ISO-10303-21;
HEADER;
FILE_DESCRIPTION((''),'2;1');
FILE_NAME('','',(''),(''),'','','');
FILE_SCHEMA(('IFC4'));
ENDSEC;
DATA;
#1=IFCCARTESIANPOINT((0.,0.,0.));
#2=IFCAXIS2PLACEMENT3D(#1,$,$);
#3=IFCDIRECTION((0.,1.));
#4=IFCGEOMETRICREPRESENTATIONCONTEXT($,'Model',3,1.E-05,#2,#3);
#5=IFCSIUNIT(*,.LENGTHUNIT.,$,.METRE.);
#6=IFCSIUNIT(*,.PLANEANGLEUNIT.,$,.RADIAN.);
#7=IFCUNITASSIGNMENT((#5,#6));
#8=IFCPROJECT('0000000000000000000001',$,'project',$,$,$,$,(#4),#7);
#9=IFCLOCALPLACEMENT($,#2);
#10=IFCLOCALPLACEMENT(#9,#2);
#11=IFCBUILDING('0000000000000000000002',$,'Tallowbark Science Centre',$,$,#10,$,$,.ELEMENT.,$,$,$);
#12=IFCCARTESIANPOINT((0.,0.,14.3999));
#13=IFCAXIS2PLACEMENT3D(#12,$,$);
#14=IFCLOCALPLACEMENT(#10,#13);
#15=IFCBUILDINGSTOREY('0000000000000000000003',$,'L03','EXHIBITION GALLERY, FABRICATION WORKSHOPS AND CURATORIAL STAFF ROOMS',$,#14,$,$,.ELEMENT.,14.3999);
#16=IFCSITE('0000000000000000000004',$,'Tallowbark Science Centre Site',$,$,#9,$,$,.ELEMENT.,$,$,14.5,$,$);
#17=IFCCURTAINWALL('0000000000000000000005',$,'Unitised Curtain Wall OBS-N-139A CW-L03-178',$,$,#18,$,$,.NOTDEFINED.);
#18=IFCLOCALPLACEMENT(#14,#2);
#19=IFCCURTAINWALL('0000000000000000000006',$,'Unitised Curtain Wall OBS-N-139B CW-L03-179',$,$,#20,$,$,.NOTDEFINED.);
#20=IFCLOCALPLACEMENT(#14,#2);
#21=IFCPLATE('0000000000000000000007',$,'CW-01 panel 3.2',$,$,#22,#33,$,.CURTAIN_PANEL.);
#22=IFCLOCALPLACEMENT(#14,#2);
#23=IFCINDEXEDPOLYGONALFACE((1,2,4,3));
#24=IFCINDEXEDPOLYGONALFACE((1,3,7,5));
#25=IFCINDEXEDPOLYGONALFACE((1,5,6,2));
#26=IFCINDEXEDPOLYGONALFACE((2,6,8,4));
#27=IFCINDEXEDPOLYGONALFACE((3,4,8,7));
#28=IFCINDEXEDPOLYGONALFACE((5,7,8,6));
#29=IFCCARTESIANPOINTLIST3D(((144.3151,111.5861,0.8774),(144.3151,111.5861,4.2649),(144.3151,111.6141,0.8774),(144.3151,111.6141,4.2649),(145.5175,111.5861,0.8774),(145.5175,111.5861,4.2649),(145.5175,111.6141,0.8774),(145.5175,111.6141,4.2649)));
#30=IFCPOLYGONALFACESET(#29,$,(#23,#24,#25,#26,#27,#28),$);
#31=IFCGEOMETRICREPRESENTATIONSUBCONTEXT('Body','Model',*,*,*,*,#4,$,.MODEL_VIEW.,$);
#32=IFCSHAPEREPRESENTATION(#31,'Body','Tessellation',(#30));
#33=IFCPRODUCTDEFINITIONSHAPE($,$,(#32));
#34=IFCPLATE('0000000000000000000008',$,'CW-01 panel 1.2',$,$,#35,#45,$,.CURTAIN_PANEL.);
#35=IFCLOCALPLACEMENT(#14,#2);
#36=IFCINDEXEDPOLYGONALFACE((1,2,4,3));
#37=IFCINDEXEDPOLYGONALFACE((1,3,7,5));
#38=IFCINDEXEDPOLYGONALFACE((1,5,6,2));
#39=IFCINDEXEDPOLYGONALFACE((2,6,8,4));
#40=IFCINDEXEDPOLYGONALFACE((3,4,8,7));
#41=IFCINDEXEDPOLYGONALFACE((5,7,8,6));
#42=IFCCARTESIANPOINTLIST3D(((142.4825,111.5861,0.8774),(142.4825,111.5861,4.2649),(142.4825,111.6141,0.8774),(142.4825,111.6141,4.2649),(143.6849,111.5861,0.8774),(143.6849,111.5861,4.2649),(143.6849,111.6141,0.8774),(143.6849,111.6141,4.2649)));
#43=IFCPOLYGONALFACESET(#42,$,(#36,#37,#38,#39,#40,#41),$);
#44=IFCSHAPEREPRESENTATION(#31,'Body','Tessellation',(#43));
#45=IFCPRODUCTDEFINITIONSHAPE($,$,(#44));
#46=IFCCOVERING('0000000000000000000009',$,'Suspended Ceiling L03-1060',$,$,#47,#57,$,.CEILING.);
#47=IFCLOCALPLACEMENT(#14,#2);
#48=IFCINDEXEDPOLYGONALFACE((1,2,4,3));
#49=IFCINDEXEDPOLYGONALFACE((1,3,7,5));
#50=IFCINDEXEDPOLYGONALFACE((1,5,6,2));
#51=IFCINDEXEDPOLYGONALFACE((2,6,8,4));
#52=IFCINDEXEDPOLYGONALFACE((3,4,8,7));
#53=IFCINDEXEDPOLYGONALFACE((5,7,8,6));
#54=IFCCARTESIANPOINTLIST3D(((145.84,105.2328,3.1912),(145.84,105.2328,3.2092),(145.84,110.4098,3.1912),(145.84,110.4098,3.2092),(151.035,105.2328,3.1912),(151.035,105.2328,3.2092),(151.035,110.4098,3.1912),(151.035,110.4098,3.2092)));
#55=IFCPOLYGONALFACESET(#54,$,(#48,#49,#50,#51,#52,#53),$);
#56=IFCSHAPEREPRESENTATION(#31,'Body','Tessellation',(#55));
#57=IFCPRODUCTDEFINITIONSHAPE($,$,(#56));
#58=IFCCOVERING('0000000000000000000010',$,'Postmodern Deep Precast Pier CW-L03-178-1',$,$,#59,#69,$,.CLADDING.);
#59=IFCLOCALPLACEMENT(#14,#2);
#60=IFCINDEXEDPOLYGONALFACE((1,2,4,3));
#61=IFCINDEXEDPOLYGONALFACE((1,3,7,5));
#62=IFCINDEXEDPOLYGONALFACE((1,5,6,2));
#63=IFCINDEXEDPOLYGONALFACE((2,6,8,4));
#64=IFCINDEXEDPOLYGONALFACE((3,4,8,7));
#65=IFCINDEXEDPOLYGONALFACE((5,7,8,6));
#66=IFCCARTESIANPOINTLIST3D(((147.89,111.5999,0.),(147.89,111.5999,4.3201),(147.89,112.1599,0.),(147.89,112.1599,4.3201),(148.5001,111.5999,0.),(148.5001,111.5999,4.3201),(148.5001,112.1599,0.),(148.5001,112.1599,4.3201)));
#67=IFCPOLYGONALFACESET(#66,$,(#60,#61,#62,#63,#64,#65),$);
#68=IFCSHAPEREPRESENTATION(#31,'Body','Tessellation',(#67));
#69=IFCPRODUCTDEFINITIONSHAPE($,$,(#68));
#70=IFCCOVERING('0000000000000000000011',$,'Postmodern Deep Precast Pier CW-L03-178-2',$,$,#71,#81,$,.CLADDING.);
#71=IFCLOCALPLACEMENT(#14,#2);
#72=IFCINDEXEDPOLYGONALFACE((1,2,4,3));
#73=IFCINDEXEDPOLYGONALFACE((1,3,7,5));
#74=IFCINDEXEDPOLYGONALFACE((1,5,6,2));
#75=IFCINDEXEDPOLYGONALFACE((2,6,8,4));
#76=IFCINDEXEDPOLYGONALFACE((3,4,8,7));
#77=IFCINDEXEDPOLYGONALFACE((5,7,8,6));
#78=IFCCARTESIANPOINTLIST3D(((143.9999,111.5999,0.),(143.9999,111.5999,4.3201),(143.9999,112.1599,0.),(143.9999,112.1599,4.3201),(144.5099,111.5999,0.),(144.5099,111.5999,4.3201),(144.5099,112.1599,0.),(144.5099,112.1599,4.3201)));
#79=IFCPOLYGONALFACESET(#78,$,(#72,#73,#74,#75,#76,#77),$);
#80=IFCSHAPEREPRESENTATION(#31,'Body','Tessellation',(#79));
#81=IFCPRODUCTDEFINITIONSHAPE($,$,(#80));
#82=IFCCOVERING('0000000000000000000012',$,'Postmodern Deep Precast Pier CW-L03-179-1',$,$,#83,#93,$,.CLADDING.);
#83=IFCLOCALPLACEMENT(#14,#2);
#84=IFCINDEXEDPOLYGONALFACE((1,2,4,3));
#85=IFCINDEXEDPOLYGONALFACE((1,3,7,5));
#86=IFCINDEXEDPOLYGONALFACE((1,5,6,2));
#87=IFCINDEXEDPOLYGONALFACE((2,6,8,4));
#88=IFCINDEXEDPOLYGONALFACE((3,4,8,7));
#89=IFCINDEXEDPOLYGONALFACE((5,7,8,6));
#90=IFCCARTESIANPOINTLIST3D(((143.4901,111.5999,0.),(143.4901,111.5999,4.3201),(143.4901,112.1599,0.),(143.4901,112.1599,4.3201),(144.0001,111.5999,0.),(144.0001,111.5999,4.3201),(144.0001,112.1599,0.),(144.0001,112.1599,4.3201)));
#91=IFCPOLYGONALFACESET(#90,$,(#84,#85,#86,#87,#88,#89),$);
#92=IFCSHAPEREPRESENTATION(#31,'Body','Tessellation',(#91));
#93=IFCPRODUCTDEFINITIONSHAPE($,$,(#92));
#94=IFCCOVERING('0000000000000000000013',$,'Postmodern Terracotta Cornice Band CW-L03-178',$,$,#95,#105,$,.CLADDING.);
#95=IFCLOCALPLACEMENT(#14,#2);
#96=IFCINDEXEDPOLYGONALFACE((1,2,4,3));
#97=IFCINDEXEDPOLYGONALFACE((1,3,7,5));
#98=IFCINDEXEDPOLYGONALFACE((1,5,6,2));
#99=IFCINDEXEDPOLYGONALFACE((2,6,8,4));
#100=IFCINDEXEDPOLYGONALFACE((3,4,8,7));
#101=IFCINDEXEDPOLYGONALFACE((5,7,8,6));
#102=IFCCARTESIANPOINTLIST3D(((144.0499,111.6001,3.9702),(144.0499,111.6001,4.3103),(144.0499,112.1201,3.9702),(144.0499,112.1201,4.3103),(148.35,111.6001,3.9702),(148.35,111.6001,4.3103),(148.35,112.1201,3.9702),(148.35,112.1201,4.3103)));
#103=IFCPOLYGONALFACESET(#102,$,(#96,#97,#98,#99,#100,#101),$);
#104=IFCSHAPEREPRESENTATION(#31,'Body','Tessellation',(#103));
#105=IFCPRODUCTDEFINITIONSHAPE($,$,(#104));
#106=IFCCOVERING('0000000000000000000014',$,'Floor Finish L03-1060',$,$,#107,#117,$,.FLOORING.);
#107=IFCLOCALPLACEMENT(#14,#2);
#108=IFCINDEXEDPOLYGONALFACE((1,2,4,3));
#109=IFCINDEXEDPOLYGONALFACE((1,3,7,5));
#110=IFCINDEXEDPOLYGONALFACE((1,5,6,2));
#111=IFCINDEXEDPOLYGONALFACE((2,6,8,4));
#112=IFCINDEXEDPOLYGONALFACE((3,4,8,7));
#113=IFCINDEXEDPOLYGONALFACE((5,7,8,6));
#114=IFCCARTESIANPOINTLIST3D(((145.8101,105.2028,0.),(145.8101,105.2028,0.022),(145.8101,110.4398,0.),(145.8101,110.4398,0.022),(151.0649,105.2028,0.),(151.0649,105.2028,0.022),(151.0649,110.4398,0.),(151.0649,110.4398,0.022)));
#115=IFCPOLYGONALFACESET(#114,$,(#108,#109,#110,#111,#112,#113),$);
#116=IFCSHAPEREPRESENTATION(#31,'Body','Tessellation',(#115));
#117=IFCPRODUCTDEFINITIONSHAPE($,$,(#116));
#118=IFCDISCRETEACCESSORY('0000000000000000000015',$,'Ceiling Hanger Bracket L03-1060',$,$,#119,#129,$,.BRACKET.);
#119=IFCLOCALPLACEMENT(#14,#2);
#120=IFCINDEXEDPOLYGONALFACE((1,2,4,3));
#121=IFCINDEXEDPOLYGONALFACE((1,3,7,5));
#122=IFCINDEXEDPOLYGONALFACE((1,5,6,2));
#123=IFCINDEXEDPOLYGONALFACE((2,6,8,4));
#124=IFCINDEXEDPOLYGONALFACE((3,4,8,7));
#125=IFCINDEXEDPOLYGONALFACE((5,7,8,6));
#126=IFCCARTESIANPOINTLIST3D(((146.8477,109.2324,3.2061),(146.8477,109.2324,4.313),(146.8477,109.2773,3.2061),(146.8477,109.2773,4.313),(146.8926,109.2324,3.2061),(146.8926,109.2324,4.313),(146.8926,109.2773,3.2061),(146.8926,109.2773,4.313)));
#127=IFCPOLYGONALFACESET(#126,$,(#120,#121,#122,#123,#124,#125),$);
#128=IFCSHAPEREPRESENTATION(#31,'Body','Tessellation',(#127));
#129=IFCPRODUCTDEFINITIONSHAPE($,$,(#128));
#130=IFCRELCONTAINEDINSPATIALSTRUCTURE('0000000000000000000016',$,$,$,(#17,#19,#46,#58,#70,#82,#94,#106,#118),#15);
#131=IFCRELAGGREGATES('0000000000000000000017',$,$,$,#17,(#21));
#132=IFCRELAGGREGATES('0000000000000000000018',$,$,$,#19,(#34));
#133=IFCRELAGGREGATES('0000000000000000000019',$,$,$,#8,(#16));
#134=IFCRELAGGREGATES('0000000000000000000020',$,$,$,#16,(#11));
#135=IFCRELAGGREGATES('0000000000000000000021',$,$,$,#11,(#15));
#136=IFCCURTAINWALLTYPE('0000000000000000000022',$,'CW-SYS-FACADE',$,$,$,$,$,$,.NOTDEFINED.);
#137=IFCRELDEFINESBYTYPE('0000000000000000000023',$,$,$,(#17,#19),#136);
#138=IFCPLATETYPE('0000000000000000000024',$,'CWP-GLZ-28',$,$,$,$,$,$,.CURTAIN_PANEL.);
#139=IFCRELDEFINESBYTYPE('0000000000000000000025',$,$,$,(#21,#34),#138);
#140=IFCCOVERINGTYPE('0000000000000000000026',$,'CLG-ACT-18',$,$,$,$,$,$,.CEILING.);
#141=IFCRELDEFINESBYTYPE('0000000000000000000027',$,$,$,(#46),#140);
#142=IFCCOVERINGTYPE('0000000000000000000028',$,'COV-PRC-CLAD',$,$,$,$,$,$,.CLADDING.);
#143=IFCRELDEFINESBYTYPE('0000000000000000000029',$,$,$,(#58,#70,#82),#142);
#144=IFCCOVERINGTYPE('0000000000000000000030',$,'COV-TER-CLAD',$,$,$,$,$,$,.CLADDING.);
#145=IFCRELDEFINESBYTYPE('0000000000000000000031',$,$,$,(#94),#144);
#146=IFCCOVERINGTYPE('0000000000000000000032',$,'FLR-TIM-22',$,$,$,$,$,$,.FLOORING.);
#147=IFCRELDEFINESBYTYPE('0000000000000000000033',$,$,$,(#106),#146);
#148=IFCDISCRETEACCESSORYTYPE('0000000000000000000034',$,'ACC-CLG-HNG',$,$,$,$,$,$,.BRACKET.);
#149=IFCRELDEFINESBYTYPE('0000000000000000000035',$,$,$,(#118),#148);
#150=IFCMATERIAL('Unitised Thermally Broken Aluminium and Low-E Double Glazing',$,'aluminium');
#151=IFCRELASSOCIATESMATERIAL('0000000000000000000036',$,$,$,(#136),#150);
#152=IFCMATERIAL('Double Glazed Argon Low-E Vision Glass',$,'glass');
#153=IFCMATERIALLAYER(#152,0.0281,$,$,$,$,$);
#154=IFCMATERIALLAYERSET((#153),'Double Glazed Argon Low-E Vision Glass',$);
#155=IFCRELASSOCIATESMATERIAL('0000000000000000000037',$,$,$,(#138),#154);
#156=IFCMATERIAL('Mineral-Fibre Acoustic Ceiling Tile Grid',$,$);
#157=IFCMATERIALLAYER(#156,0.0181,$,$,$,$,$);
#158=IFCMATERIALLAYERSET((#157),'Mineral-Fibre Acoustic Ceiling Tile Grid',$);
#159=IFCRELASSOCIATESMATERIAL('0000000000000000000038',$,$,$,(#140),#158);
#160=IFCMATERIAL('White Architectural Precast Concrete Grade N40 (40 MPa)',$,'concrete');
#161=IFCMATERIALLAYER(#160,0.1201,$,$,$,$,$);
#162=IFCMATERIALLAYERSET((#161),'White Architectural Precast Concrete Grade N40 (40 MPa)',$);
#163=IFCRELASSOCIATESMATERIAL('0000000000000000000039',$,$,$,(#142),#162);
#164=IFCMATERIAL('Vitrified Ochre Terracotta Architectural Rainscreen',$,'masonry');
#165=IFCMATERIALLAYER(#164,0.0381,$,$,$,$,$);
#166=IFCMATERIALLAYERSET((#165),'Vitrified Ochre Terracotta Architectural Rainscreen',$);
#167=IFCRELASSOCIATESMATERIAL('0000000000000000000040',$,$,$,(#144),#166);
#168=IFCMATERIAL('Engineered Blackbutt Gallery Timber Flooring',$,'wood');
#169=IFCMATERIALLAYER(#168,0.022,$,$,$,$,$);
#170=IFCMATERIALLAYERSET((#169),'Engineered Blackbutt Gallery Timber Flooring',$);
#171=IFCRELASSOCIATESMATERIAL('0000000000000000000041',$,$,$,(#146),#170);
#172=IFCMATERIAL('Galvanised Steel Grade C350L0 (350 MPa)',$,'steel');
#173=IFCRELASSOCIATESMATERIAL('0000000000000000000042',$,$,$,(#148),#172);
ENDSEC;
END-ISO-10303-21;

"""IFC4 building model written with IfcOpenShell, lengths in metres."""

from ifc_helpers import new_model, si_unit, direction, frame, origin, origin_2d, place, context, subcontext, project, spatial, rectangle, extrude, material, layer, layer_set, type_object, element, aggregate, save


model = new_model("IFC4")

# Units and contexts
model_context = context("Model", 3, precision=1e-05, world=origin(), true_north=direction((0.0, 1.0)))
body_context = subcontext(model_context, "Body", "Model", "MODEL_VIEW")
ifc_project = project(units=[si_unit("LENGTHUNIT", "METRE"), si_unit("PLANEANGLEUNIT", "RADIAN")], contexts=[model_context])

# Site, building, storey
site_placement = place(None, origin())
site = spatial("IfcSite", under=ifc_project, at=site_placement, Name="Tallowbark Science Centre Site", CompositionType="ELEMENT", RefElevation=14.5)
building_placement = place(site_placement, origin())
building = spatial("IfcBuilding", under=site, at=building_placement, Name="Tallowbark Science Centre", CompositionType="ELEMENT")
storey_placement = place(building_placement, frame((0.0, 0.0, 14.3999)))
storey = spatial("IfcBuildingStorey", under=building, at=storey_placement, Name="L03", Description="EXHIBITION GALLERY, FABRICATION WORKSHOPS AND CURATORIAL STAFF ROOMS", CompositionType="ELEMENT", Elevation=14.3999)

# Curtain wall
ifc_material_1 = material(Name="Unitised Thermally Broken Aluminium and Low-E Double Glazing", Category="aluminium")
curtain_wall_type = type_object("IfcCurtainWallType", Name="CW-SYS-FACADE", PredefinedType="NOTDEFINED", material=ifc_material_1)
curtain_wall_1_placement = place(storey_placement, origin())
curtain_wall_1 = element("IfcCurtainWall", 1, at=curtain_wall_1_placement, inside=storey, type_object=curtain_wall_type, Name="Unitised Curtain Wall OBS-N-139A CW-L03-178", PredefinedType="NOTDEFINED")

# Curtain wall
curtain_wall_2_placement = place(storey_placement, origin())
curtain_wall_2 = element("IfcCurtainWall", 2, at=curtain_wall_2_placement, inside=storey, type_object=curtain_wall_type, Name="Unitised Curtain Wall OBS-N-139B CW-L03-179", PredefinedType="NOTDEFINED")

# Plates
ifc_material_2 = material(Name="Double Glazed Argon Low-E Vision Glass", Category="glass")
ifc_layer_1 = layer(ifc_material_2, 0.0281)
ifc_layer_set_1 = layer_set([ifc_layer_1], Name="Double Glazed Argon Low-E Vision Glass")
plate_type = type_object("IfcPlateType", Name="CWP-GLZ-28", PredefinedType="CURTAIN_PANEL", material=ifc_layer_set_1)
plate_1_placement = place(storey_placement, frame((144.9163, 111.6001, 0.8774), z_axis=(0.0, 0.0, 1.0), x_axis=(-1.0, 0.0, 0.0)))
plate_1 = element("IfcPlate", 3, at=plate_1_placement, type_object=plate_type, Name="CW-01 panel 3.2", PredefinedType="CURTAIN_PANEL", context=body_context, shape_type="SweptSolid", body=[
    extrude(rectangle(XDim=1.2024, YDim=0.0281, at=origin_2d()), origin(), (0.0, 0.0, 1.0), 3.3875),
])
aggregate(curtain_wall_1, [plate_1])
plate_2_placement = place(storey_placement, frame((143.0837, 111.6001, 0.8774), z_axis=(0.0, 0.0, 1.0), x_axis=(-1.0, 0.0, 0.0)))
plate_2 = element("IfcPlate", 4, at=plate_2_placement, type_object=plate_type, Name="CW-01 panel 1.2", PredefinedType="CURTAIN_PANEL", context=body_context, shape_type="SweptSolid", body=[
    extrude(rectangle(XDim=1.2024, YDim=0.0281, at=origin_2d()), origin(), (0.0, 0.0, 1.0), 3.3875),
])
aggregate(curtain_wall_2, [plate_2])

# Coverings
ifc_material_3 = material(Name="Mineral-Fibre Acoustic Ceiling Tile Grid")
ifc_layer_2 = layer(ifc_material_3, 0.0181)
ifc_layer_set_2 = layer_set([ifc_layer_2], Name="Mineral-Fibre Acoustic Ceiling Tile Grid")
covering_type_1 = type_object("IfcCoveringType", Name="CLG-ACT-18", PredefinedType="CEILING", material=ifc_layer_set_2)
covering_1_placement = place(storey_placement, frame((148.4375, 107.8213, 3.1912), z_axis=(0.0, 0.0, 1.0), x_axis=(1.0, 0.0, 0.0)))
element("IfcCovering", 5, at=covering_1_placement, inside=storey, type_object=covering_type_1, Name="Suspended Ceiling L03-1060", PredefinedType="CEILING", context=body_context, shape_type="SweptSolid", body=[
    extrude(rectangle(XDim=5.1951, YDim=5.177, at=origin_2d()), origin(), (0.0, 0.0, 1.0), 0.0181),
])
ifc_material_4 = material(Name="White Architectural Precast Concrete Grade N40 (40 MPa)", Category="concrete")
ifc_layer_3 = layer(ifc_material_4, 0.1201)
ifc_layer_set_3 = layer_set([ifc_layer_3], Name="White Architectural Precast Concrete Grade N40 (40 MPa)")
covering_type_2 = type_object("IfcCoveringType", Name="COV-PRC-CLAD", PredefinedType="CLADDING", material=ifc_layer_set_3)
covering_2_placement = place(storey_placement, frame((148.1951, 111.8799, 0.0), z_axis=(0.0, 0.0, 1.0), x_axis=(-1.0, 0.0, 0.0)))
element("IfcCovering", 6, at=covering_2_placement, inside=storey, type_object=covering_type_2, Name="Postmodern Deep Precast Pier CW-L03-178-1", PredefinedType="CLADDING", context=body_context, shape_type="SweptSolid", body=[
    extrude(rectangle(XDim=0.6101, YDim=0.5601, at=origin_2d()), origin(), (0.0, 0.0, 1.0), 4.3201),
])
for number, where, z_axis, x_axis, name in (
    (7, (144.2549, 111.8799, 0.0), (0.0, 0.0, 1.0), (-1.0, 0.0, 0.0), "Postmodern Deep Precast Pier CW-L03-178-2"),
    (8, (143.7451, 111.8799, 0.0), (0.0, 0.0, 1.0), (-1.0, 0.0, 0.0), "Postmodern Deep Precast Pier CW-L03-179-1"),
):
    element("IfcCovering", number, at=place(storey_placement, frame(where, z_axis=z_axis, x_axis=x_axis)), inside=storey, type_object=covering_type_2, Name=name, PredefinedType="CLADDING", context=body_context, shape_type="SweptSolid", body=[
        extrude(rectangle(XDim=0.51, YDim=0.5601, at=origin_2d()), origin(), (0.0, 0.0, 1.0), 4.3201),
    ])
ifc_material_5 = material(Name="Vitrified Ochre Terracotta Architectural Rainscreen", Category="masonry")
ifc_layer_4 = layer(ifc_material_5, 0.0381)
ifc_layer_set_4 = layer_set([ifc_layer_4], Name="Vitrified Ochre Terracotta Architectural Rainscreen")
covering_type_3 = type_object("IfcCoveringType", Name="COV-TER-CLAD", PredefinedType="CLADDING", material=ifc_layer_set_4)
covering_3_placement = place(storey_placement, frame((146.2, 111.8601, 3.9702), z_axis=(0.0, 0.0, 1.0), x_axis=(-1.0, 0.0, 0.0)))
element("IfcCovering", 9, at=covering_3_placement, inside=storey, type_object=covering_type_3, Name="Postmodern Terracotta Cornice Band CW-L03-178", PredefinedType="CLADDING", context=body_context, shape_type="SweptSolid", body=[
    extrude(rectangle(XDim=4.3, YDim=0.52, at=origin_2d()), origin(), (0.0, 0.0, 1.0), 0.3401),
])
ifc_material_6 = material(Name="Engineered Blackbutt Gallery Timber Flooring", Category="wood")
ifc_layer_5 = layer(ifc_material_6, 0.022)
ifc_layer_set_5 = layer_set([ifc_layer_5], Name="Engineered Blackbutt Gallery Timber Flooring")
covering_type_4 = type_object("IfcCoveringType", Name="FLR-TIM-22", PredefinedType="FLOORING", material=ifc_layer_set_5)
covering_4_placement = place(storey_placement, frame((148.4375, 107.8213, 0.0), z_axis=(0.0, 0.0, 1.0), x_axis=(1.0, 0.0, 0.0)))
element("IfcCovering", 10, at=covering_4_placement, inside=storey, type_object=covering_type_4, Name="Floor Finish L03-1060", PredefinedType="FLOORING", context=body_context, shape_type="SweptSolid", body=[
    extrude(rectangle(XDim=5.2549, YDim=5.2371, at=origin_2d()), origin(), (0.0, 0.0, 1.0), 0.022),
])

# Discrete accessory
ifc_material_7 = material(Name="Galvanised Steel Grade C350L0 (350 MPa)", Category="steel")
discrete_accessory_type = type_object("IfcDiscreteAccessoryType", Name="ACC-CLG-HNG", PredefinedType="BRACKET", material=ifc_material_7)
discrete_accessory_placement = place(storey_placement, frame((146.8701, 109.2549, 3.2061), z_axis=(0.0, 0.0, 1.0), x_axis=(1.0, 0.0, 0.0)))
element("IfcDiscreteAccessory", 11, at=discrete_accessory_placement, inside=storey, type_object=discrete_accessory_type, Name="Ceiling Hanger Bracket L03-1060", PredefinedType="BRACKET", context=body_context, shape_type="SweptSolid", body=[
    extrude(rectangle(XDim=0.0449, YDim=0.0449, at=origin_2d()), origin(), (0.0, 0.0, 1.0), 1.1069),
])

save(model, "model.ifc")
